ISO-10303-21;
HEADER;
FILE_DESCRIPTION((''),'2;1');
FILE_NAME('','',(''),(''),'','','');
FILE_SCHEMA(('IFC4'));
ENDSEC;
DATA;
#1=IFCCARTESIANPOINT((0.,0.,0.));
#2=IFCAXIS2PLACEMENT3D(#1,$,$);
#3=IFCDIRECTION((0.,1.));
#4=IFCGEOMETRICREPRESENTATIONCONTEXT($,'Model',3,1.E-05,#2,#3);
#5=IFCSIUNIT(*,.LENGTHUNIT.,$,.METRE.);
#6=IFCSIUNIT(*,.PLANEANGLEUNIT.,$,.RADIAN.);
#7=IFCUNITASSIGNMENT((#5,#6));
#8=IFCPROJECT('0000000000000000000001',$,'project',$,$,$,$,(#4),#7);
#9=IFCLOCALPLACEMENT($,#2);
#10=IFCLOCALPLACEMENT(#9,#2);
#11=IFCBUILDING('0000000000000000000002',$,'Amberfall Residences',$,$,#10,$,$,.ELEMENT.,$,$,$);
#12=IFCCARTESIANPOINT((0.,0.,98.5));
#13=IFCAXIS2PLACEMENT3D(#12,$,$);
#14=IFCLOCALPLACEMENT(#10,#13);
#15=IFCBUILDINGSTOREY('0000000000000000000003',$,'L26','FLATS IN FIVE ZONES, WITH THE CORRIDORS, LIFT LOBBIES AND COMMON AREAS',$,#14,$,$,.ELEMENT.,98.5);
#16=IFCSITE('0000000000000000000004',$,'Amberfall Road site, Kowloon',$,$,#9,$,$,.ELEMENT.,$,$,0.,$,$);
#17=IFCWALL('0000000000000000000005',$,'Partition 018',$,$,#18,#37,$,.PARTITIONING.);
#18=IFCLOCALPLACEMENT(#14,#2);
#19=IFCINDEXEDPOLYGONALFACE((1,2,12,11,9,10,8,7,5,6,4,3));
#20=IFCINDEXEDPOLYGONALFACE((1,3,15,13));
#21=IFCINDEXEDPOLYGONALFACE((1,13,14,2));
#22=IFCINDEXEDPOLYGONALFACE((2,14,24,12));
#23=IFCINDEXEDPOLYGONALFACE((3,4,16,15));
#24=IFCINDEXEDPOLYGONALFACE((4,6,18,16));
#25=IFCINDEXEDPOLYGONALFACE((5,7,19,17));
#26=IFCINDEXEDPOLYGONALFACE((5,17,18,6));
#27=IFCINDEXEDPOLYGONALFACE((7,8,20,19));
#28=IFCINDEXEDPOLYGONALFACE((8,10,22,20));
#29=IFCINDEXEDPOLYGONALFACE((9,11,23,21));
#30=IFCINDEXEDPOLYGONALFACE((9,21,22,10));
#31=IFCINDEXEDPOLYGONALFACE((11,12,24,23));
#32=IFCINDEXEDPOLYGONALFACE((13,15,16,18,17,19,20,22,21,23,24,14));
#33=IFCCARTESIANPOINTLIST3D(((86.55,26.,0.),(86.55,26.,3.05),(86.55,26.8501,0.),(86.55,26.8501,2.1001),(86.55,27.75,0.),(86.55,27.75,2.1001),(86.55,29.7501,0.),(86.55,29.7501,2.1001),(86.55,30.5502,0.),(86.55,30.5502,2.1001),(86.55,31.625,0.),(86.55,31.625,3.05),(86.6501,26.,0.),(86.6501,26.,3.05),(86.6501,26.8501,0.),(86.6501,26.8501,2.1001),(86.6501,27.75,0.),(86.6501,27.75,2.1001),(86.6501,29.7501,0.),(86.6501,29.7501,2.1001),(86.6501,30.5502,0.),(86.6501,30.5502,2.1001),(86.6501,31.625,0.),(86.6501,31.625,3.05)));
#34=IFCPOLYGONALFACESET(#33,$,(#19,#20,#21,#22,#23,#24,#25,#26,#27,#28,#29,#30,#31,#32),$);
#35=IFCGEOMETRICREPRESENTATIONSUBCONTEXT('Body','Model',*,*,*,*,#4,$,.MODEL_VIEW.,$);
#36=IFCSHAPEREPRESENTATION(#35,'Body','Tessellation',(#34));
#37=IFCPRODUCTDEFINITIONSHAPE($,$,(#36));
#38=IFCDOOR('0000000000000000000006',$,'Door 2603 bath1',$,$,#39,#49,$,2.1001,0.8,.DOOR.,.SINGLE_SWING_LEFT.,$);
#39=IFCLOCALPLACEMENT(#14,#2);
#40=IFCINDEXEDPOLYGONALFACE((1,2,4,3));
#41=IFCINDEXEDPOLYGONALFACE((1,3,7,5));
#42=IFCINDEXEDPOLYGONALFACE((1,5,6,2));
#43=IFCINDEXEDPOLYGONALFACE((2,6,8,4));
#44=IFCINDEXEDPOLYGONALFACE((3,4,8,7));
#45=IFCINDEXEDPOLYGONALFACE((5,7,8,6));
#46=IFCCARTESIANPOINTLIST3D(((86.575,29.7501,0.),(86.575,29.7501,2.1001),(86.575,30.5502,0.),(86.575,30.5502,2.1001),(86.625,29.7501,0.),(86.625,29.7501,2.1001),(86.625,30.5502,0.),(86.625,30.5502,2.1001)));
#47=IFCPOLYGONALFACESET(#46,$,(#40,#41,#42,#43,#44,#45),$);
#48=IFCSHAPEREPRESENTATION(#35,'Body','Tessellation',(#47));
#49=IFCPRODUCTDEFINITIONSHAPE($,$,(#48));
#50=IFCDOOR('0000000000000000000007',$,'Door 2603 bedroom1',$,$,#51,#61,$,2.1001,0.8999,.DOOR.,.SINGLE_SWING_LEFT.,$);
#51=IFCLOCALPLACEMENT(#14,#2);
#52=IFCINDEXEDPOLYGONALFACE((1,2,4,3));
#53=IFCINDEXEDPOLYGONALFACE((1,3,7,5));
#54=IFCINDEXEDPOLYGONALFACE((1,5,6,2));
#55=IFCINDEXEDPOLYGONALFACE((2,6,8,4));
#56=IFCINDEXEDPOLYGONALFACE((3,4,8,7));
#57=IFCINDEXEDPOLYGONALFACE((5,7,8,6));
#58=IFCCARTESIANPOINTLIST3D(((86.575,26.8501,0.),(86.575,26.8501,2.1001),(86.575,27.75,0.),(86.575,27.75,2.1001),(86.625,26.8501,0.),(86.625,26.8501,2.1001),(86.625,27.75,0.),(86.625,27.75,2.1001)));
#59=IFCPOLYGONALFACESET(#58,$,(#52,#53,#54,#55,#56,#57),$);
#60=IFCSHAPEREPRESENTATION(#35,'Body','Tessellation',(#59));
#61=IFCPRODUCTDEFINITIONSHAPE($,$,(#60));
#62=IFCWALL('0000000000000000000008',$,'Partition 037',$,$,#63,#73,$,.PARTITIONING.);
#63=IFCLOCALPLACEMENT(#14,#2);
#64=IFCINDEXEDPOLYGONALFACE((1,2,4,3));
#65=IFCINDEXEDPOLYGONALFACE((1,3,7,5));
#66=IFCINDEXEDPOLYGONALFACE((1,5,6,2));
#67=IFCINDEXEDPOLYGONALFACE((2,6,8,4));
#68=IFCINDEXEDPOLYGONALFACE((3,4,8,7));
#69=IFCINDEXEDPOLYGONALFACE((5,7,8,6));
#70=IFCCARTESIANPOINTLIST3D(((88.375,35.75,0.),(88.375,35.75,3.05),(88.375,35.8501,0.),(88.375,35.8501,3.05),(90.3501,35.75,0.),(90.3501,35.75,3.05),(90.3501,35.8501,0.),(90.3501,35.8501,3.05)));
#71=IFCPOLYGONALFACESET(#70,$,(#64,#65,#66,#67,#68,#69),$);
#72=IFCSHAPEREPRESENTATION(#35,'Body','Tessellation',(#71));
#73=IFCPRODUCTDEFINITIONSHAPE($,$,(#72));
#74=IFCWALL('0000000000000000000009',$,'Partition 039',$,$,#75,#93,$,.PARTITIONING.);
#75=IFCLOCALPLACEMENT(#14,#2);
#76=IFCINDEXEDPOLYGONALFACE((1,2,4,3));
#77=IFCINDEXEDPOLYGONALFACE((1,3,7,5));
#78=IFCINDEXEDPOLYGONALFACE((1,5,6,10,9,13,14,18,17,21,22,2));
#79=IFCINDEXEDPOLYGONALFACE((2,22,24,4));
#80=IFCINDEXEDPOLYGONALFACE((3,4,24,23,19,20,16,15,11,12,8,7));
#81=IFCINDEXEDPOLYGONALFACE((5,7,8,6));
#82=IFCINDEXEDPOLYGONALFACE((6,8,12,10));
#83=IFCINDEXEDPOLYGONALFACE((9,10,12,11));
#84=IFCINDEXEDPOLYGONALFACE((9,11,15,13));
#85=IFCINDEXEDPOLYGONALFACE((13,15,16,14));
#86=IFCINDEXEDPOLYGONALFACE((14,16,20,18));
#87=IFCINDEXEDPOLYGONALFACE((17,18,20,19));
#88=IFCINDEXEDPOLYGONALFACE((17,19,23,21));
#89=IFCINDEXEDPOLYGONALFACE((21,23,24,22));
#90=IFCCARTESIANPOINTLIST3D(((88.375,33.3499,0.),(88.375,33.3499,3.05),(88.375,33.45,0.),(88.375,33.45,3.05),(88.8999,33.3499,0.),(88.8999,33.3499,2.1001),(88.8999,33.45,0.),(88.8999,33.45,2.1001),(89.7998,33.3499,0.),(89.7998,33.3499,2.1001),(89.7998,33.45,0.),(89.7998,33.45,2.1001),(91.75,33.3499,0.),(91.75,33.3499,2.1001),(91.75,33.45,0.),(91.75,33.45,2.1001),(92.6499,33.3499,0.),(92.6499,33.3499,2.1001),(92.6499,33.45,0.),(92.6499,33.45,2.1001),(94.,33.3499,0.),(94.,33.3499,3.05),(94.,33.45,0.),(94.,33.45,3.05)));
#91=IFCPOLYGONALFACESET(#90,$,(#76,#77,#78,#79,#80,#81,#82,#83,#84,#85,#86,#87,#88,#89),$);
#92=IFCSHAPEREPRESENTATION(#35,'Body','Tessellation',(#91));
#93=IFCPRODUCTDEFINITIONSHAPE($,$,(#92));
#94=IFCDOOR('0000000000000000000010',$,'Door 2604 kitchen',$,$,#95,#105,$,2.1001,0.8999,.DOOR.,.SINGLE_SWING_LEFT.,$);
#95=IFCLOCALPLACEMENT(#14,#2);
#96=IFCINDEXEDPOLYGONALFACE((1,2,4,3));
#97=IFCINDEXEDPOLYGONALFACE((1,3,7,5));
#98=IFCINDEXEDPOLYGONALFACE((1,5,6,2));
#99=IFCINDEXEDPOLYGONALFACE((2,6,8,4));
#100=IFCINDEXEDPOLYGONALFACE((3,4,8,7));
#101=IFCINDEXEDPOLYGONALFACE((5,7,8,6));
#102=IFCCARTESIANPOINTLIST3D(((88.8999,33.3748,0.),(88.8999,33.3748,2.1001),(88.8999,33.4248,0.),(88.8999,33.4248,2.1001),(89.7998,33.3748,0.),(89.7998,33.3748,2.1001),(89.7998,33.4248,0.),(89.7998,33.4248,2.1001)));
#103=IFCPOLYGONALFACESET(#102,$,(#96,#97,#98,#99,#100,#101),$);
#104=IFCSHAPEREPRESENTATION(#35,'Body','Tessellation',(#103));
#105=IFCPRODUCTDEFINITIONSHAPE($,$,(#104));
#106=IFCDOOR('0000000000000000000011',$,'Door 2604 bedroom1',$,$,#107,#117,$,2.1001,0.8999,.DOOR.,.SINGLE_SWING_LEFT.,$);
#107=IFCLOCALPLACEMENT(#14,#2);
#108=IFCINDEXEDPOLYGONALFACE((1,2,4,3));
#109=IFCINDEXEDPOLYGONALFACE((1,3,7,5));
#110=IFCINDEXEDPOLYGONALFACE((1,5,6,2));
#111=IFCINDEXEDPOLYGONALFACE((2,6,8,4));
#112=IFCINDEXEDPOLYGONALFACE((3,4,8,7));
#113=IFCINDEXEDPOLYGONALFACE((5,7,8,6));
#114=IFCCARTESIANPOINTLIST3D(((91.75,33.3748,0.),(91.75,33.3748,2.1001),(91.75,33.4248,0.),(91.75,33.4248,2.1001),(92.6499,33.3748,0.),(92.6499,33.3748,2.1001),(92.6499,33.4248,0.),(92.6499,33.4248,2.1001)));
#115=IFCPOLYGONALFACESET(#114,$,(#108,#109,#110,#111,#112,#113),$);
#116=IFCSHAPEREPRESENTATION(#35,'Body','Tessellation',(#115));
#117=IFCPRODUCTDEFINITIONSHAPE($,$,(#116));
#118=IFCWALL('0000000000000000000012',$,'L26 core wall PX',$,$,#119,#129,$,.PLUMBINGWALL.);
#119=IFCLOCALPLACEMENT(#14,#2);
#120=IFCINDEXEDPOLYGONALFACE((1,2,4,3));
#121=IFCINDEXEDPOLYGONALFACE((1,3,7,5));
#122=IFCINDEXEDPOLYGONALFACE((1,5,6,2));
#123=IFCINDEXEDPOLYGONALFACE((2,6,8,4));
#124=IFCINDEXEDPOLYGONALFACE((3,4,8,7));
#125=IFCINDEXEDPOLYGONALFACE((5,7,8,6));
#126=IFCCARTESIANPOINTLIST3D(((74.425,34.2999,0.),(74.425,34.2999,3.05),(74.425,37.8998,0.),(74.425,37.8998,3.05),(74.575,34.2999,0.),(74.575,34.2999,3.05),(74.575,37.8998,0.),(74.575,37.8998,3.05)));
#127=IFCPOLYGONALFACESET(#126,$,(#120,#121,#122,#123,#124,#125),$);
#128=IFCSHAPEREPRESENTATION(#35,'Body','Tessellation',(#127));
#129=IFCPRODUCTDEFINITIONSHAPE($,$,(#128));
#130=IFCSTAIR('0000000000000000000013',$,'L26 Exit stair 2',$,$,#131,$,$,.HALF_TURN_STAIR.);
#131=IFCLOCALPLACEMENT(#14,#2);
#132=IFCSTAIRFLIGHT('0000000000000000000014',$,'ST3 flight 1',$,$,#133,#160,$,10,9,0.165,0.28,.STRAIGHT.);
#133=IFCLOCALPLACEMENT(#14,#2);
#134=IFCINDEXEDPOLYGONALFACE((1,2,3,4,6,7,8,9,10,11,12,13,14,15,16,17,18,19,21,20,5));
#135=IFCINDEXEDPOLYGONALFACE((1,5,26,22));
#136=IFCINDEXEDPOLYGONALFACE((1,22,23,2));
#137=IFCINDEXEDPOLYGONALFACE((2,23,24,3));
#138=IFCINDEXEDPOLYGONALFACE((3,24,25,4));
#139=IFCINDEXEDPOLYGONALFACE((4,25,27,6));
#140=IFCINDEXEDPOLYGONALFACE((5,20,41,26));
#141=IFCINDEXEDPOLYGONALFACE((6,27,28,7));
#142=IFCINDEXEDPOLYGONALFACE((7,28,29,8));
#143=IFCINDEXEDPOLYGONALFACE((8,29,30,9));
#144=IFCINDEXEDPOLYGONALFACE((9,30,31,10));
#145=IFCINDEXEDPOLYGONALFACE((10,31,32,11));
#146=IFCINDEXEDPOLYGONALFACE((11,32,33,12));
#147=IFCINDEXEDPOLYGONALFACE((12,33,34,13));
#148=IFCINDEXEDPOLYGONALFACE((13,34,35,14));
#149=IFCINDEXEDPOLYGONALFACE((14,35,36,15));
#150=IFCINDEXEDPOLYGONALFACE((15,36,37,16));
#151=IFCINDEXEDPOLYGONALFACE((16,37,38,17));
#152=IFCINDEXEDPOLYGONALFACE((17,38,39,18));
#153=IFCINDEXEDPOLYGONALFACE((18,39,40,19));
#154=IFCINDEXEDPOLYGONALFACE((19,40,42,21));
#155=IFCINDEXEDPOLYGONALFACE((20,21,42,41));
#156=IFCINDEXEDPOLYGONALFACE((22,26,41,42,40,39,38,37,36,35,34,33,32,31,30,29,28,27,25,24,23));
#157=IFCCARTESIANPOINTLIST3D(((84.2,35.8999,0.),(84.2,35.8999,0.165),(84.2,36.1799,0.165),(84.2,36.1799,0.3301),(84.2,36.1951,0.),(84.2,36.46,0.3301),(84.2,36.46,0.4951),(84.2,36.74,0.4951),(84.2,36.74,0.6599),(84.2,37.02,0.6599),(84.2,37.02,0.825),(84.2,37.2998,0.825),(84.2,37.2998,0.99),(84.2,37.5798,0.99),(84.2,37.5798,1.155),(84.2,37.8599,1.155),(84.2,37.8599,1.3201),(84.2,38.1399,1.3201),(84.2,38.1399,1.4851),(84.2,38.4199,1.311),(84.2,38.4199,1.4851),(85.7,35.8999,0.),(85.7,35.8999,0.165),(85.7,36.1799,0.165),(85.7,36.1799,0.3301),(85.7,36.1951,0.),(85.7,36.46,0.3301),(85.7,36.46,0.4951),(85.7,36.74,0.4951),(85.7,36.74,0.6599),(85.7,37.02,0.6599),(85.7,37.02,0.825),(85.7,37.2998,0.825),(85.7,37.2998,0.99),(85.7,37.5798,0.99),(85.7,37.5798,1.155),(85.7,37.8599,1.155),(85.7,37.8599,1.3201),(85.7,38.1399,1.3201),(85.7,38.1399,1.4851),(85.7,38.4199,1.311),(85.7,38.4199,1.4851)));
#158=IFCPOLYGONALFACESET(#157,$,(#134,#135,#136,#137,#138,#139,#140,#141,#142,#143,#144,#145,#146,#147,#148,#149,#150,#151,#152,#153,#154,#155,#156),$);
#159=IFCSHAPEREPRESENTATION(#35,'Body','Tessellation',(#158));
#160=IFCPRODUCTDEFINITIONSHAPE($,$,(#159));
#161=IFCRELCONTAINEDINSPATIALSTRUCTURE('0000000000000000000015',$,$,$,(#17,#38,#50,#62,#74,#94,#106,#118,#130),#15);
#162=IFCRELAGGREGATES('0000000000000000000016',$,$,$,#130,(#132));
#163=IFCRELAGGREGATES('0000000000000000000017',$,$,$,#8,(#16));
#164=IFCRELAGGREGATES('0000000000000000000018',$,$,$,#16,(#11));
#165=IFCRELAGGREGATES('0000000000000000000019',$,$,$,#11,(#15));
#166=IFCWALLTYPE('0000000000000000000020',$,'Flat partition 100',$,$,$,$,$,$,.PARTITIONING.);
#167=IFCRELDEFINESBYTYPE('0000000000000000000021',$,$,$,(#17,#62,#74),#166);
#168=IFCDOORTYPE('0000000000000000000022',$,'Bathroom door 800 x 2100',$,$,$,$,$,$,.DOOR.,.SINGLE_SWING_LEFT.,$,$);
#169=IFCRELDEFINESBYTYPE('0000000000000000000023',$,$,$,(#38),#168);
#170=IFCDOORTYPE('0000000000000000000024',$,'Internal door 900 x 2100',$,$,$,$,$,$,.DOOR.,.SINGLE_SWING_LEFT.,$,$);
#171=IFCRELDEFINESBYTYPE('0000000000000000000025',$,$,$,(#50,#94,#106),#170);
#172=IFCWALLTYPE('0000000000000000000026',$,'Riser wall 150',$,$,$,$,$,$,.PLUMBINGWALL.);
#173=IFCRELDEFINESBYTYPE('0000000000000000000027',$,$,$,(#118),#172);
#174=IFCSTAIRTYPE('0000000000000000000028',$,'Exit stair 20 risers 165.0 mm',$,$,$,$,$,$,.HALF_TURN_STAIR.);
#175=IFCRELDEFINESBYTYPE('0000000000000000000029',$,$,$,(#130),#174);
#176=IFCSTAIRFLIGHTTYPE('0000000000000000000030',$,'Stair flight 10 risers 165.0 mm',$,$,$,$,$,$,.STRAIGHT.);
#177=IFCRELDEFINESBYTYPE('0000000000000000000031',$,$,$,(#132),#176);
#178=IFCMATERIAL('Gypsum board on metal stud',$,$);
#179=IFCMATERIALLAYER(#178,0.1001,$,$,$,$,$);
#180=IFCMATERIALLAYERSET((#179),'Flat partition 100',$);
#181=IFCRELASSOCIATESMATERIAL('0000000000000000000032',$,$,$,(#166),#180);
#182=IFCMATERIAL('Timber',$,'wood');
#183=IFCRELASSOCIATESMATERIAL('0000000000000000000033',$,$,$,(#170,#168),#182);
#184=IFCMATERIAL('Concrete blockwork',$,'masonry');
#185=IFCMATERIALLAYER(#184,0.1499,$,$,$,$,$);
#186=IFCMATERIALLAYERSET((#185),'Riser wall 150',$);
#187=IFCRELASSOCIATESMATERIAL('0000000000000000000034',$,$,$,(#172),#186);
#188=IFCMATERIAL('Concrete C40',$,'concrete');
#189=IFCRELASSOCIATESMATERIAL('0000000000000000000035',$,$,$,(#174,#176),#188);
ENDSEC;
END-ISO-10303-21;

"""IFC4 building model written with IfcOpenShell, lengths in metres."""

from ifc_helpers import new_model, si_unit, direction, frame, frame_2d, origin, place, context, subcontext, project, spatial, polyline, rectangle, outline, extrude, material, layer, layer_set, type_object, element, fill, aggregate, save


model = new_model("IFC4")

# Units and contexts
model_context = context("Model", 3, precision=1e-05, world=origin(), true_north=direction((0.0, 1.0)))
body_context = subcontext(model_context, "Body", "Model", "MODEL_VIEW")
ifc_project = project(units=[si_unit("LENGTHUNIT", "METRE"), si_unit("PLANEANGLEUNIT", "RADIAN")], contexts=[model_context])

# Site, building, storey
site_placement = place(None, origin())
site = spatial("IfcSite", under=ifc_project, at=site_placement, Name="Amberfall Road site, Kowloon", CompositionType="ELEMENT", RefElevation=0.0)
building_placement = place(site_placement, origin())
building = spatial("IfcBuilding", under=site, at=building_placement, Name="Amberfall Residences", CompositionType="ELEMENT")
storey_placement = place(building_placement, frame((0.0, 0.0, 98.5)))
storey = spatial("IfcBuildingStorey", under=building, at=storey_placement, Name="L26", Description="FLATS IN FIVE ZONES, WITH THE CORRIDORS, LIFT LOBBIES AND COMMON AREAS", CompositionType="ELEMENT", Elevation=98.5)

# Shared definitions
ifc_material_1 = material(Name="Gypsum board on metal stud")
ifc_layer_1 = layer(ifc_material_1, 0.1001)
ifc_layer_set_1 = layer_set([ifc_layer_1], Name="Flat partition 100")
wall_type_1 = type_object("IfcWallType", Name="Flat partition 100", PredefinedType="PARTITIONING", material=ifc_layer_set_1)
ifc_material_2 = material(Name="Timber", Category="wood")
door_type_1 = type_object("IfcDoorType", Name="Internal door 900 x 2100", OperationType="SINGLE_SWING_LEFT", PredefinedType="DOOR", material=ifc_material_2)

# Wall, openings, doors
wall_1_placement = place(storey_placement, frame((86.6001, 31.625, 0.0), z_axis=(0.0, 0.0, 1.0), x_axis=(0.0, -1.0, 0.0)))
wall_1 = element("IfcWall", 1, at=wall_1_placement, inside=storey, type_object=wall_type_1, Name="Partition 018", PredefinedType="PARTITIONING", context=body_context, shape_type="SweptSolid", body=[
    extrude(rectangle(XDim=5.625, YDim=0.1001, at=frame_2d((2.8125, 0.0))), origin(), (0.0, 0.0, 1.0), 3.05),
])
opening_1_placement = place(wall_1_placement, frame((3.875, 0.0, 0.0)))
opening_1 = element("IfcOpeningElement", 2, at=opening_1_placement, cuts=wall_1, PredefinedType="OPENING", context=body_context, shape_type="SweptSolid", body=[
    extrude(rectangle(XDim=0.8999, YDim=2.1001, at=frame_2d((0.45, 1.05))), frame((0.0, 0.0601, 0.0), z_axis=(0.0, -1.0, 0.0), x_axis=(1.0, 0.0, 0.0)), (0.0, 0.0, 1.0), 0.1201),
])
opening_2_placement = place(wall_1_placement, frame((1.075, 0.0, 0.0)))
opening_2 = element("IfcOpeningElement", 3, at=opening_2_placement, cuts=wall_1, PredefinedType="OPENING", context=body_context, shape_type="SweptSolid", body=[
    extrude(rectangle(XDim=0.8, YDim=2.1001, at=frame_2d((0.3999, 1.05))), frame((0.0, 0.0601, 0.0), z_axis=(0.0, -1.0, 0.0), x_axis=(1.0, 0.0, 0.0)), (0.0, 0.0, 1.0), 0.1201),
])
door_type_2 = type_object("IfcDoorType", Name="Bathroom door 800 x 2100", OperationType="SINGLE_SWING_LEFT", PredefinedType="DOOR", material=ifc_material_2)
door_1_placement = place(opening_2_placement, origin())
door_1 = element("IfcDoor", 4, at=door_1_placement, inside=storey, type_object=door_type_2, Name="Door 2603 bath1", OperationType="SINGLE_SWING_LEFT", OverallHeight=2.1001, OverallWidth=0.8, PredefinedType="DOOR", context=body_context, shape_type="SweptSolid", body=[
    extrude(rectangle(XDim=0.8, YDim=2.1001, at=frame_2d((0.3999, 1.05))), frame((0.0, 0.0249, 0.0), z_axis=(0.0, -1.0, 0.0), x_axis=(1.0, 0.0, 0.0)), (0.0, 0.0, 1.0), 0.05),
])
fill(opening_2, door_1)
door_2_placement = place(opening_1_placement, origin())
door_2 = element("IfcDoor", 5, at=door_2_placement, inside=storey, type_object=door_type_1, Name="Door 2603 bedroom1", OperationType="SINGLE_SWING_LEFT", OverallHeight=2.1001, OverallWidth=0.8999, PredefinedType="DOOR", context=body_context, shape_type="SweptSolid", body=[
    extrude(rectangle(XDim=0.8999, YDim=2.1001, at=frame_2d((0.45, 1.05))), frame((0.0, 0.0249, 0.0), z_axis=(0.0, -1.0, 0.0), x_axis=(1.0, 0.0, 0.0)), (0.0, 0.0, 1.0), 0.05),
])
fill(opening_1, door_2)

# Wall
wall_2_placement = place(storey_placement, frame((88.375, 35.8, 0.0), z_axis=(0.0, 0.0, 1.0), x_axis=(1.0, 0.0, 0.0)))
element("IfcWall", 6, at=wall_2_placement, inside=storey, type_object=wall_type_1, Name="Partition 037", PredefinedType="PARTITIONING", context=body_context, shape_type="SweptSolid", body=[
    extrude(rectangle(XDim=1.9751, YDim=0.1001, at=frame_2d((0.9875, 0.0))), origin(), (0.0, 0.0, 1.0), 3.05),
])

# Wall, openings, doors
wall_3_placement = place(storey_placement, frame((88.375, 33.3999, 0.0), z_axis=(0.0, 0.0, 1.0), x_axis=(1.0, 0.0, 0.0)))
wall_3 = element("IfcWall", 7, at=wall_3_placement, inside=storey, type_object=wall_type_1, Name="Partition 039", PredefinedType="PARTITIONING", context=body_context, shape_type="SweptSolid", body=[
    extrude(rectangle(XDim=5.625, YDim=0.1001, at=frame_2d((2.8125, 0.0))), origin(), (0.0, 0.0, 1.0), 3.05),
])
opening_3_placement = place(wall_3_placement, frame((0.5249, 0.0, 0.0)))
opening_3 = element("IfcOpeningElement", 8, at=opening_3_placement, cuts=wall_3, PredefinedType="OPENING", context=body_context, shape_type="SweptSolid", body=[
    extrude(rectangle(XDim=0.8999, YDim=2.1001, at=frame_2d((0.45, 1.05))), frame((0.0, 0.0601, 0.0), z_axis=(0.0, -1.0, 0.0), x_axis=(1.0, 0.0, 0.0)), (0.0, 0.0, 1.0), 0.1201),
])
opening_4_placement = place(wall_3_placement, frame((3.375, 0.0, 0.0)))
opening_4 = element("IfcOpeningElement", 9, at=opening_4_placement, cuts=wall_3, PredefinedType="OPENING", context=body_context, shape_type="SweptSolid", body=[
    extrude(rectangle(XDim=0.8999, YDim=2.1001, at=frame_2d((0.45, 1.05))), frame((0.0, 0.0601, 0.0), z_axis=(0.0, -1.0, 0.0), x_axis=(1.0, 0.0, 0.0)), (0.0, 0.0, 1.0), 0.1201),
])
door_3_placement = place(opening_3_placement, origin())
door_3 = element("IfcDoor", 10, at=door_3_placement, inside=storey, type_object=door_type_1, Name="Door 2604 kitchen", OperationType="SINGLE_SWING_LEFT", OverallHeight=2.1001, OverallWidth=0.8999, PredefinedType="DOOR", context=body_context, shape_type="SweptSolid", body=[
    extrude(rectangle(XDim=0.8999, YDim=2.1001, at=frame_2d((0.45, 1.05))), frame((0.0, 0.0249, 0.0), z_axis=(0.0, -1.0, 0.0), x_axis=(1.0, 0.0, 0.0)), (0.0, 0.0, 1.0), 0.05),
])
fill(opening_3, door_3)
door_4_placement = place(opening_4_placement, origin())
door_4 = element("IfcDoor", 11, at=door_4_placement, inside=storey, type_object=door_type_1, Name="Door 2604 bedroom1", OperationType="SINGLE_SWING_LEFT", OverallHeight=2.1001, OverallWidth=0.8999, PredefinedType="DOOR", context=body_context, shape_type="SweptSolid", body=[
    extrude(rectangle(XDim=0.8999, YDim=2.1001, at=frame_2d((0.45, 1.05))), frame((0.0, 0.0249, 0.0), z_axis=(0.0, -1.0, 0.0), x_axis=(1.0, 0.0, 0.0)), (0.0, 0.0, 1.0), 0.05),
])
fill(opening_4, door_4)

# Wall
ifc_material_3 = material(Name="Concrete blockwork", Category="masonry")
ifc_layer_2 = layer(ifc_material_3, 0.1499)
ifc_layer_set_2 = layer_set([ifc_layer_2], Name="Riser wall 150")
wall_type_2 = type_object("IfcWallType", Name="Riser wall 150", PredefinedType="PLUMBINGWALL", material=ifc_layer_set_2)
wall_4_placement = place(storey_placement, frame((74.5, 34.3, 0.0), z_axis=(0.0, 0.0, 1.0), x_axis=(0.0, 1.0, 0.0)))
element("IfcWall", 12, at=wall_4_placement, inside=storey, type_object=wall_type_2, Name="L26 core wall PX", PredefinedType="PLUMBINGWALL", context=body_context, shape_type="SweptSolid", body=[
    extrude(rectangle(XDim=3.5999, YDim=0.1499, at=frame_2d((1.7998, 0.0))), origin(), (0.0, 0.0, 1.0), 3.05),
])

# Stair, stair flight
ifc_material_4 = material(Name="Concrete C40", Category="concrete")
stair_type = type_object("IfcStairType", Name="Exit stair 20 risers 165.0 mm", PredefinedType="HALF_TURN_STAIR", material=ifc_material_4)
stair_placement = place(storey_placement, origin())
stair = element("IfcStair", 13, at=stair_placement, inside=storey, type_object=stair_type, Name="L26 Exit stair 2", PredefinedType="HALF_TURN_STAIR")
stair_flight_type = type_object("IfcStairFlightType", Name="Stair flight 10 risers 165.0 mm", PredefinedType="STRAIGHT", material=ifc_material_4)
stair_flight_1_placement = place(storey_placement, frame((84.95, 35.8999, 0.0), z_axis=(0.0, 0.0, 1.0), x_axis=(0.0, 1.0, 0.0)))
stair_flight_1 = element("IfcStairFlight", 14, at=stair_flight_1_placement, type_object=stair_flight_type, Name="ST3 flight 1", NumberOfRisers=10, NumberOfTreads=9, PredefinedType="STRAIGHT", RiserHeight=0.165, TreadLength=0.28, context=body_context, shape_type="SweptSolid", body=[
    extrude(outline(polyline([(0.0, 0.0), (0.0, 0.165), (0.28, 0.165), (0.28, 0.3301), (0.5601, 0.3301), (0.5601, 0.4951), (0.8401, 0.4951), (0.8401, 0.6599), (1.1201, 0.6599), (1.1201, 0.825), (1.3999, 0.825), (1.3999, 0.99), (1.6799, 0.99), (1.6799, 1.155), (1.96, 1.155), (1.96, 1.3201), (2.24, 1.3201), (2.24, 1.4851), (2.52, 1.4851), (2.52, 1.6499), (2.52, 1.311), (0.2952, 0.0), (0.0, 0.0)])), frame((0.0, 0.75, 0.0), z_axis=(0.0, -1.0, 0.0), x_axis=(1.0, 0.0, 0.0)), (0.0, 0.0, 1.0), 1.5),
])
aggregate(stair, [stair_flight_1])

save(model, "model.ifc")
